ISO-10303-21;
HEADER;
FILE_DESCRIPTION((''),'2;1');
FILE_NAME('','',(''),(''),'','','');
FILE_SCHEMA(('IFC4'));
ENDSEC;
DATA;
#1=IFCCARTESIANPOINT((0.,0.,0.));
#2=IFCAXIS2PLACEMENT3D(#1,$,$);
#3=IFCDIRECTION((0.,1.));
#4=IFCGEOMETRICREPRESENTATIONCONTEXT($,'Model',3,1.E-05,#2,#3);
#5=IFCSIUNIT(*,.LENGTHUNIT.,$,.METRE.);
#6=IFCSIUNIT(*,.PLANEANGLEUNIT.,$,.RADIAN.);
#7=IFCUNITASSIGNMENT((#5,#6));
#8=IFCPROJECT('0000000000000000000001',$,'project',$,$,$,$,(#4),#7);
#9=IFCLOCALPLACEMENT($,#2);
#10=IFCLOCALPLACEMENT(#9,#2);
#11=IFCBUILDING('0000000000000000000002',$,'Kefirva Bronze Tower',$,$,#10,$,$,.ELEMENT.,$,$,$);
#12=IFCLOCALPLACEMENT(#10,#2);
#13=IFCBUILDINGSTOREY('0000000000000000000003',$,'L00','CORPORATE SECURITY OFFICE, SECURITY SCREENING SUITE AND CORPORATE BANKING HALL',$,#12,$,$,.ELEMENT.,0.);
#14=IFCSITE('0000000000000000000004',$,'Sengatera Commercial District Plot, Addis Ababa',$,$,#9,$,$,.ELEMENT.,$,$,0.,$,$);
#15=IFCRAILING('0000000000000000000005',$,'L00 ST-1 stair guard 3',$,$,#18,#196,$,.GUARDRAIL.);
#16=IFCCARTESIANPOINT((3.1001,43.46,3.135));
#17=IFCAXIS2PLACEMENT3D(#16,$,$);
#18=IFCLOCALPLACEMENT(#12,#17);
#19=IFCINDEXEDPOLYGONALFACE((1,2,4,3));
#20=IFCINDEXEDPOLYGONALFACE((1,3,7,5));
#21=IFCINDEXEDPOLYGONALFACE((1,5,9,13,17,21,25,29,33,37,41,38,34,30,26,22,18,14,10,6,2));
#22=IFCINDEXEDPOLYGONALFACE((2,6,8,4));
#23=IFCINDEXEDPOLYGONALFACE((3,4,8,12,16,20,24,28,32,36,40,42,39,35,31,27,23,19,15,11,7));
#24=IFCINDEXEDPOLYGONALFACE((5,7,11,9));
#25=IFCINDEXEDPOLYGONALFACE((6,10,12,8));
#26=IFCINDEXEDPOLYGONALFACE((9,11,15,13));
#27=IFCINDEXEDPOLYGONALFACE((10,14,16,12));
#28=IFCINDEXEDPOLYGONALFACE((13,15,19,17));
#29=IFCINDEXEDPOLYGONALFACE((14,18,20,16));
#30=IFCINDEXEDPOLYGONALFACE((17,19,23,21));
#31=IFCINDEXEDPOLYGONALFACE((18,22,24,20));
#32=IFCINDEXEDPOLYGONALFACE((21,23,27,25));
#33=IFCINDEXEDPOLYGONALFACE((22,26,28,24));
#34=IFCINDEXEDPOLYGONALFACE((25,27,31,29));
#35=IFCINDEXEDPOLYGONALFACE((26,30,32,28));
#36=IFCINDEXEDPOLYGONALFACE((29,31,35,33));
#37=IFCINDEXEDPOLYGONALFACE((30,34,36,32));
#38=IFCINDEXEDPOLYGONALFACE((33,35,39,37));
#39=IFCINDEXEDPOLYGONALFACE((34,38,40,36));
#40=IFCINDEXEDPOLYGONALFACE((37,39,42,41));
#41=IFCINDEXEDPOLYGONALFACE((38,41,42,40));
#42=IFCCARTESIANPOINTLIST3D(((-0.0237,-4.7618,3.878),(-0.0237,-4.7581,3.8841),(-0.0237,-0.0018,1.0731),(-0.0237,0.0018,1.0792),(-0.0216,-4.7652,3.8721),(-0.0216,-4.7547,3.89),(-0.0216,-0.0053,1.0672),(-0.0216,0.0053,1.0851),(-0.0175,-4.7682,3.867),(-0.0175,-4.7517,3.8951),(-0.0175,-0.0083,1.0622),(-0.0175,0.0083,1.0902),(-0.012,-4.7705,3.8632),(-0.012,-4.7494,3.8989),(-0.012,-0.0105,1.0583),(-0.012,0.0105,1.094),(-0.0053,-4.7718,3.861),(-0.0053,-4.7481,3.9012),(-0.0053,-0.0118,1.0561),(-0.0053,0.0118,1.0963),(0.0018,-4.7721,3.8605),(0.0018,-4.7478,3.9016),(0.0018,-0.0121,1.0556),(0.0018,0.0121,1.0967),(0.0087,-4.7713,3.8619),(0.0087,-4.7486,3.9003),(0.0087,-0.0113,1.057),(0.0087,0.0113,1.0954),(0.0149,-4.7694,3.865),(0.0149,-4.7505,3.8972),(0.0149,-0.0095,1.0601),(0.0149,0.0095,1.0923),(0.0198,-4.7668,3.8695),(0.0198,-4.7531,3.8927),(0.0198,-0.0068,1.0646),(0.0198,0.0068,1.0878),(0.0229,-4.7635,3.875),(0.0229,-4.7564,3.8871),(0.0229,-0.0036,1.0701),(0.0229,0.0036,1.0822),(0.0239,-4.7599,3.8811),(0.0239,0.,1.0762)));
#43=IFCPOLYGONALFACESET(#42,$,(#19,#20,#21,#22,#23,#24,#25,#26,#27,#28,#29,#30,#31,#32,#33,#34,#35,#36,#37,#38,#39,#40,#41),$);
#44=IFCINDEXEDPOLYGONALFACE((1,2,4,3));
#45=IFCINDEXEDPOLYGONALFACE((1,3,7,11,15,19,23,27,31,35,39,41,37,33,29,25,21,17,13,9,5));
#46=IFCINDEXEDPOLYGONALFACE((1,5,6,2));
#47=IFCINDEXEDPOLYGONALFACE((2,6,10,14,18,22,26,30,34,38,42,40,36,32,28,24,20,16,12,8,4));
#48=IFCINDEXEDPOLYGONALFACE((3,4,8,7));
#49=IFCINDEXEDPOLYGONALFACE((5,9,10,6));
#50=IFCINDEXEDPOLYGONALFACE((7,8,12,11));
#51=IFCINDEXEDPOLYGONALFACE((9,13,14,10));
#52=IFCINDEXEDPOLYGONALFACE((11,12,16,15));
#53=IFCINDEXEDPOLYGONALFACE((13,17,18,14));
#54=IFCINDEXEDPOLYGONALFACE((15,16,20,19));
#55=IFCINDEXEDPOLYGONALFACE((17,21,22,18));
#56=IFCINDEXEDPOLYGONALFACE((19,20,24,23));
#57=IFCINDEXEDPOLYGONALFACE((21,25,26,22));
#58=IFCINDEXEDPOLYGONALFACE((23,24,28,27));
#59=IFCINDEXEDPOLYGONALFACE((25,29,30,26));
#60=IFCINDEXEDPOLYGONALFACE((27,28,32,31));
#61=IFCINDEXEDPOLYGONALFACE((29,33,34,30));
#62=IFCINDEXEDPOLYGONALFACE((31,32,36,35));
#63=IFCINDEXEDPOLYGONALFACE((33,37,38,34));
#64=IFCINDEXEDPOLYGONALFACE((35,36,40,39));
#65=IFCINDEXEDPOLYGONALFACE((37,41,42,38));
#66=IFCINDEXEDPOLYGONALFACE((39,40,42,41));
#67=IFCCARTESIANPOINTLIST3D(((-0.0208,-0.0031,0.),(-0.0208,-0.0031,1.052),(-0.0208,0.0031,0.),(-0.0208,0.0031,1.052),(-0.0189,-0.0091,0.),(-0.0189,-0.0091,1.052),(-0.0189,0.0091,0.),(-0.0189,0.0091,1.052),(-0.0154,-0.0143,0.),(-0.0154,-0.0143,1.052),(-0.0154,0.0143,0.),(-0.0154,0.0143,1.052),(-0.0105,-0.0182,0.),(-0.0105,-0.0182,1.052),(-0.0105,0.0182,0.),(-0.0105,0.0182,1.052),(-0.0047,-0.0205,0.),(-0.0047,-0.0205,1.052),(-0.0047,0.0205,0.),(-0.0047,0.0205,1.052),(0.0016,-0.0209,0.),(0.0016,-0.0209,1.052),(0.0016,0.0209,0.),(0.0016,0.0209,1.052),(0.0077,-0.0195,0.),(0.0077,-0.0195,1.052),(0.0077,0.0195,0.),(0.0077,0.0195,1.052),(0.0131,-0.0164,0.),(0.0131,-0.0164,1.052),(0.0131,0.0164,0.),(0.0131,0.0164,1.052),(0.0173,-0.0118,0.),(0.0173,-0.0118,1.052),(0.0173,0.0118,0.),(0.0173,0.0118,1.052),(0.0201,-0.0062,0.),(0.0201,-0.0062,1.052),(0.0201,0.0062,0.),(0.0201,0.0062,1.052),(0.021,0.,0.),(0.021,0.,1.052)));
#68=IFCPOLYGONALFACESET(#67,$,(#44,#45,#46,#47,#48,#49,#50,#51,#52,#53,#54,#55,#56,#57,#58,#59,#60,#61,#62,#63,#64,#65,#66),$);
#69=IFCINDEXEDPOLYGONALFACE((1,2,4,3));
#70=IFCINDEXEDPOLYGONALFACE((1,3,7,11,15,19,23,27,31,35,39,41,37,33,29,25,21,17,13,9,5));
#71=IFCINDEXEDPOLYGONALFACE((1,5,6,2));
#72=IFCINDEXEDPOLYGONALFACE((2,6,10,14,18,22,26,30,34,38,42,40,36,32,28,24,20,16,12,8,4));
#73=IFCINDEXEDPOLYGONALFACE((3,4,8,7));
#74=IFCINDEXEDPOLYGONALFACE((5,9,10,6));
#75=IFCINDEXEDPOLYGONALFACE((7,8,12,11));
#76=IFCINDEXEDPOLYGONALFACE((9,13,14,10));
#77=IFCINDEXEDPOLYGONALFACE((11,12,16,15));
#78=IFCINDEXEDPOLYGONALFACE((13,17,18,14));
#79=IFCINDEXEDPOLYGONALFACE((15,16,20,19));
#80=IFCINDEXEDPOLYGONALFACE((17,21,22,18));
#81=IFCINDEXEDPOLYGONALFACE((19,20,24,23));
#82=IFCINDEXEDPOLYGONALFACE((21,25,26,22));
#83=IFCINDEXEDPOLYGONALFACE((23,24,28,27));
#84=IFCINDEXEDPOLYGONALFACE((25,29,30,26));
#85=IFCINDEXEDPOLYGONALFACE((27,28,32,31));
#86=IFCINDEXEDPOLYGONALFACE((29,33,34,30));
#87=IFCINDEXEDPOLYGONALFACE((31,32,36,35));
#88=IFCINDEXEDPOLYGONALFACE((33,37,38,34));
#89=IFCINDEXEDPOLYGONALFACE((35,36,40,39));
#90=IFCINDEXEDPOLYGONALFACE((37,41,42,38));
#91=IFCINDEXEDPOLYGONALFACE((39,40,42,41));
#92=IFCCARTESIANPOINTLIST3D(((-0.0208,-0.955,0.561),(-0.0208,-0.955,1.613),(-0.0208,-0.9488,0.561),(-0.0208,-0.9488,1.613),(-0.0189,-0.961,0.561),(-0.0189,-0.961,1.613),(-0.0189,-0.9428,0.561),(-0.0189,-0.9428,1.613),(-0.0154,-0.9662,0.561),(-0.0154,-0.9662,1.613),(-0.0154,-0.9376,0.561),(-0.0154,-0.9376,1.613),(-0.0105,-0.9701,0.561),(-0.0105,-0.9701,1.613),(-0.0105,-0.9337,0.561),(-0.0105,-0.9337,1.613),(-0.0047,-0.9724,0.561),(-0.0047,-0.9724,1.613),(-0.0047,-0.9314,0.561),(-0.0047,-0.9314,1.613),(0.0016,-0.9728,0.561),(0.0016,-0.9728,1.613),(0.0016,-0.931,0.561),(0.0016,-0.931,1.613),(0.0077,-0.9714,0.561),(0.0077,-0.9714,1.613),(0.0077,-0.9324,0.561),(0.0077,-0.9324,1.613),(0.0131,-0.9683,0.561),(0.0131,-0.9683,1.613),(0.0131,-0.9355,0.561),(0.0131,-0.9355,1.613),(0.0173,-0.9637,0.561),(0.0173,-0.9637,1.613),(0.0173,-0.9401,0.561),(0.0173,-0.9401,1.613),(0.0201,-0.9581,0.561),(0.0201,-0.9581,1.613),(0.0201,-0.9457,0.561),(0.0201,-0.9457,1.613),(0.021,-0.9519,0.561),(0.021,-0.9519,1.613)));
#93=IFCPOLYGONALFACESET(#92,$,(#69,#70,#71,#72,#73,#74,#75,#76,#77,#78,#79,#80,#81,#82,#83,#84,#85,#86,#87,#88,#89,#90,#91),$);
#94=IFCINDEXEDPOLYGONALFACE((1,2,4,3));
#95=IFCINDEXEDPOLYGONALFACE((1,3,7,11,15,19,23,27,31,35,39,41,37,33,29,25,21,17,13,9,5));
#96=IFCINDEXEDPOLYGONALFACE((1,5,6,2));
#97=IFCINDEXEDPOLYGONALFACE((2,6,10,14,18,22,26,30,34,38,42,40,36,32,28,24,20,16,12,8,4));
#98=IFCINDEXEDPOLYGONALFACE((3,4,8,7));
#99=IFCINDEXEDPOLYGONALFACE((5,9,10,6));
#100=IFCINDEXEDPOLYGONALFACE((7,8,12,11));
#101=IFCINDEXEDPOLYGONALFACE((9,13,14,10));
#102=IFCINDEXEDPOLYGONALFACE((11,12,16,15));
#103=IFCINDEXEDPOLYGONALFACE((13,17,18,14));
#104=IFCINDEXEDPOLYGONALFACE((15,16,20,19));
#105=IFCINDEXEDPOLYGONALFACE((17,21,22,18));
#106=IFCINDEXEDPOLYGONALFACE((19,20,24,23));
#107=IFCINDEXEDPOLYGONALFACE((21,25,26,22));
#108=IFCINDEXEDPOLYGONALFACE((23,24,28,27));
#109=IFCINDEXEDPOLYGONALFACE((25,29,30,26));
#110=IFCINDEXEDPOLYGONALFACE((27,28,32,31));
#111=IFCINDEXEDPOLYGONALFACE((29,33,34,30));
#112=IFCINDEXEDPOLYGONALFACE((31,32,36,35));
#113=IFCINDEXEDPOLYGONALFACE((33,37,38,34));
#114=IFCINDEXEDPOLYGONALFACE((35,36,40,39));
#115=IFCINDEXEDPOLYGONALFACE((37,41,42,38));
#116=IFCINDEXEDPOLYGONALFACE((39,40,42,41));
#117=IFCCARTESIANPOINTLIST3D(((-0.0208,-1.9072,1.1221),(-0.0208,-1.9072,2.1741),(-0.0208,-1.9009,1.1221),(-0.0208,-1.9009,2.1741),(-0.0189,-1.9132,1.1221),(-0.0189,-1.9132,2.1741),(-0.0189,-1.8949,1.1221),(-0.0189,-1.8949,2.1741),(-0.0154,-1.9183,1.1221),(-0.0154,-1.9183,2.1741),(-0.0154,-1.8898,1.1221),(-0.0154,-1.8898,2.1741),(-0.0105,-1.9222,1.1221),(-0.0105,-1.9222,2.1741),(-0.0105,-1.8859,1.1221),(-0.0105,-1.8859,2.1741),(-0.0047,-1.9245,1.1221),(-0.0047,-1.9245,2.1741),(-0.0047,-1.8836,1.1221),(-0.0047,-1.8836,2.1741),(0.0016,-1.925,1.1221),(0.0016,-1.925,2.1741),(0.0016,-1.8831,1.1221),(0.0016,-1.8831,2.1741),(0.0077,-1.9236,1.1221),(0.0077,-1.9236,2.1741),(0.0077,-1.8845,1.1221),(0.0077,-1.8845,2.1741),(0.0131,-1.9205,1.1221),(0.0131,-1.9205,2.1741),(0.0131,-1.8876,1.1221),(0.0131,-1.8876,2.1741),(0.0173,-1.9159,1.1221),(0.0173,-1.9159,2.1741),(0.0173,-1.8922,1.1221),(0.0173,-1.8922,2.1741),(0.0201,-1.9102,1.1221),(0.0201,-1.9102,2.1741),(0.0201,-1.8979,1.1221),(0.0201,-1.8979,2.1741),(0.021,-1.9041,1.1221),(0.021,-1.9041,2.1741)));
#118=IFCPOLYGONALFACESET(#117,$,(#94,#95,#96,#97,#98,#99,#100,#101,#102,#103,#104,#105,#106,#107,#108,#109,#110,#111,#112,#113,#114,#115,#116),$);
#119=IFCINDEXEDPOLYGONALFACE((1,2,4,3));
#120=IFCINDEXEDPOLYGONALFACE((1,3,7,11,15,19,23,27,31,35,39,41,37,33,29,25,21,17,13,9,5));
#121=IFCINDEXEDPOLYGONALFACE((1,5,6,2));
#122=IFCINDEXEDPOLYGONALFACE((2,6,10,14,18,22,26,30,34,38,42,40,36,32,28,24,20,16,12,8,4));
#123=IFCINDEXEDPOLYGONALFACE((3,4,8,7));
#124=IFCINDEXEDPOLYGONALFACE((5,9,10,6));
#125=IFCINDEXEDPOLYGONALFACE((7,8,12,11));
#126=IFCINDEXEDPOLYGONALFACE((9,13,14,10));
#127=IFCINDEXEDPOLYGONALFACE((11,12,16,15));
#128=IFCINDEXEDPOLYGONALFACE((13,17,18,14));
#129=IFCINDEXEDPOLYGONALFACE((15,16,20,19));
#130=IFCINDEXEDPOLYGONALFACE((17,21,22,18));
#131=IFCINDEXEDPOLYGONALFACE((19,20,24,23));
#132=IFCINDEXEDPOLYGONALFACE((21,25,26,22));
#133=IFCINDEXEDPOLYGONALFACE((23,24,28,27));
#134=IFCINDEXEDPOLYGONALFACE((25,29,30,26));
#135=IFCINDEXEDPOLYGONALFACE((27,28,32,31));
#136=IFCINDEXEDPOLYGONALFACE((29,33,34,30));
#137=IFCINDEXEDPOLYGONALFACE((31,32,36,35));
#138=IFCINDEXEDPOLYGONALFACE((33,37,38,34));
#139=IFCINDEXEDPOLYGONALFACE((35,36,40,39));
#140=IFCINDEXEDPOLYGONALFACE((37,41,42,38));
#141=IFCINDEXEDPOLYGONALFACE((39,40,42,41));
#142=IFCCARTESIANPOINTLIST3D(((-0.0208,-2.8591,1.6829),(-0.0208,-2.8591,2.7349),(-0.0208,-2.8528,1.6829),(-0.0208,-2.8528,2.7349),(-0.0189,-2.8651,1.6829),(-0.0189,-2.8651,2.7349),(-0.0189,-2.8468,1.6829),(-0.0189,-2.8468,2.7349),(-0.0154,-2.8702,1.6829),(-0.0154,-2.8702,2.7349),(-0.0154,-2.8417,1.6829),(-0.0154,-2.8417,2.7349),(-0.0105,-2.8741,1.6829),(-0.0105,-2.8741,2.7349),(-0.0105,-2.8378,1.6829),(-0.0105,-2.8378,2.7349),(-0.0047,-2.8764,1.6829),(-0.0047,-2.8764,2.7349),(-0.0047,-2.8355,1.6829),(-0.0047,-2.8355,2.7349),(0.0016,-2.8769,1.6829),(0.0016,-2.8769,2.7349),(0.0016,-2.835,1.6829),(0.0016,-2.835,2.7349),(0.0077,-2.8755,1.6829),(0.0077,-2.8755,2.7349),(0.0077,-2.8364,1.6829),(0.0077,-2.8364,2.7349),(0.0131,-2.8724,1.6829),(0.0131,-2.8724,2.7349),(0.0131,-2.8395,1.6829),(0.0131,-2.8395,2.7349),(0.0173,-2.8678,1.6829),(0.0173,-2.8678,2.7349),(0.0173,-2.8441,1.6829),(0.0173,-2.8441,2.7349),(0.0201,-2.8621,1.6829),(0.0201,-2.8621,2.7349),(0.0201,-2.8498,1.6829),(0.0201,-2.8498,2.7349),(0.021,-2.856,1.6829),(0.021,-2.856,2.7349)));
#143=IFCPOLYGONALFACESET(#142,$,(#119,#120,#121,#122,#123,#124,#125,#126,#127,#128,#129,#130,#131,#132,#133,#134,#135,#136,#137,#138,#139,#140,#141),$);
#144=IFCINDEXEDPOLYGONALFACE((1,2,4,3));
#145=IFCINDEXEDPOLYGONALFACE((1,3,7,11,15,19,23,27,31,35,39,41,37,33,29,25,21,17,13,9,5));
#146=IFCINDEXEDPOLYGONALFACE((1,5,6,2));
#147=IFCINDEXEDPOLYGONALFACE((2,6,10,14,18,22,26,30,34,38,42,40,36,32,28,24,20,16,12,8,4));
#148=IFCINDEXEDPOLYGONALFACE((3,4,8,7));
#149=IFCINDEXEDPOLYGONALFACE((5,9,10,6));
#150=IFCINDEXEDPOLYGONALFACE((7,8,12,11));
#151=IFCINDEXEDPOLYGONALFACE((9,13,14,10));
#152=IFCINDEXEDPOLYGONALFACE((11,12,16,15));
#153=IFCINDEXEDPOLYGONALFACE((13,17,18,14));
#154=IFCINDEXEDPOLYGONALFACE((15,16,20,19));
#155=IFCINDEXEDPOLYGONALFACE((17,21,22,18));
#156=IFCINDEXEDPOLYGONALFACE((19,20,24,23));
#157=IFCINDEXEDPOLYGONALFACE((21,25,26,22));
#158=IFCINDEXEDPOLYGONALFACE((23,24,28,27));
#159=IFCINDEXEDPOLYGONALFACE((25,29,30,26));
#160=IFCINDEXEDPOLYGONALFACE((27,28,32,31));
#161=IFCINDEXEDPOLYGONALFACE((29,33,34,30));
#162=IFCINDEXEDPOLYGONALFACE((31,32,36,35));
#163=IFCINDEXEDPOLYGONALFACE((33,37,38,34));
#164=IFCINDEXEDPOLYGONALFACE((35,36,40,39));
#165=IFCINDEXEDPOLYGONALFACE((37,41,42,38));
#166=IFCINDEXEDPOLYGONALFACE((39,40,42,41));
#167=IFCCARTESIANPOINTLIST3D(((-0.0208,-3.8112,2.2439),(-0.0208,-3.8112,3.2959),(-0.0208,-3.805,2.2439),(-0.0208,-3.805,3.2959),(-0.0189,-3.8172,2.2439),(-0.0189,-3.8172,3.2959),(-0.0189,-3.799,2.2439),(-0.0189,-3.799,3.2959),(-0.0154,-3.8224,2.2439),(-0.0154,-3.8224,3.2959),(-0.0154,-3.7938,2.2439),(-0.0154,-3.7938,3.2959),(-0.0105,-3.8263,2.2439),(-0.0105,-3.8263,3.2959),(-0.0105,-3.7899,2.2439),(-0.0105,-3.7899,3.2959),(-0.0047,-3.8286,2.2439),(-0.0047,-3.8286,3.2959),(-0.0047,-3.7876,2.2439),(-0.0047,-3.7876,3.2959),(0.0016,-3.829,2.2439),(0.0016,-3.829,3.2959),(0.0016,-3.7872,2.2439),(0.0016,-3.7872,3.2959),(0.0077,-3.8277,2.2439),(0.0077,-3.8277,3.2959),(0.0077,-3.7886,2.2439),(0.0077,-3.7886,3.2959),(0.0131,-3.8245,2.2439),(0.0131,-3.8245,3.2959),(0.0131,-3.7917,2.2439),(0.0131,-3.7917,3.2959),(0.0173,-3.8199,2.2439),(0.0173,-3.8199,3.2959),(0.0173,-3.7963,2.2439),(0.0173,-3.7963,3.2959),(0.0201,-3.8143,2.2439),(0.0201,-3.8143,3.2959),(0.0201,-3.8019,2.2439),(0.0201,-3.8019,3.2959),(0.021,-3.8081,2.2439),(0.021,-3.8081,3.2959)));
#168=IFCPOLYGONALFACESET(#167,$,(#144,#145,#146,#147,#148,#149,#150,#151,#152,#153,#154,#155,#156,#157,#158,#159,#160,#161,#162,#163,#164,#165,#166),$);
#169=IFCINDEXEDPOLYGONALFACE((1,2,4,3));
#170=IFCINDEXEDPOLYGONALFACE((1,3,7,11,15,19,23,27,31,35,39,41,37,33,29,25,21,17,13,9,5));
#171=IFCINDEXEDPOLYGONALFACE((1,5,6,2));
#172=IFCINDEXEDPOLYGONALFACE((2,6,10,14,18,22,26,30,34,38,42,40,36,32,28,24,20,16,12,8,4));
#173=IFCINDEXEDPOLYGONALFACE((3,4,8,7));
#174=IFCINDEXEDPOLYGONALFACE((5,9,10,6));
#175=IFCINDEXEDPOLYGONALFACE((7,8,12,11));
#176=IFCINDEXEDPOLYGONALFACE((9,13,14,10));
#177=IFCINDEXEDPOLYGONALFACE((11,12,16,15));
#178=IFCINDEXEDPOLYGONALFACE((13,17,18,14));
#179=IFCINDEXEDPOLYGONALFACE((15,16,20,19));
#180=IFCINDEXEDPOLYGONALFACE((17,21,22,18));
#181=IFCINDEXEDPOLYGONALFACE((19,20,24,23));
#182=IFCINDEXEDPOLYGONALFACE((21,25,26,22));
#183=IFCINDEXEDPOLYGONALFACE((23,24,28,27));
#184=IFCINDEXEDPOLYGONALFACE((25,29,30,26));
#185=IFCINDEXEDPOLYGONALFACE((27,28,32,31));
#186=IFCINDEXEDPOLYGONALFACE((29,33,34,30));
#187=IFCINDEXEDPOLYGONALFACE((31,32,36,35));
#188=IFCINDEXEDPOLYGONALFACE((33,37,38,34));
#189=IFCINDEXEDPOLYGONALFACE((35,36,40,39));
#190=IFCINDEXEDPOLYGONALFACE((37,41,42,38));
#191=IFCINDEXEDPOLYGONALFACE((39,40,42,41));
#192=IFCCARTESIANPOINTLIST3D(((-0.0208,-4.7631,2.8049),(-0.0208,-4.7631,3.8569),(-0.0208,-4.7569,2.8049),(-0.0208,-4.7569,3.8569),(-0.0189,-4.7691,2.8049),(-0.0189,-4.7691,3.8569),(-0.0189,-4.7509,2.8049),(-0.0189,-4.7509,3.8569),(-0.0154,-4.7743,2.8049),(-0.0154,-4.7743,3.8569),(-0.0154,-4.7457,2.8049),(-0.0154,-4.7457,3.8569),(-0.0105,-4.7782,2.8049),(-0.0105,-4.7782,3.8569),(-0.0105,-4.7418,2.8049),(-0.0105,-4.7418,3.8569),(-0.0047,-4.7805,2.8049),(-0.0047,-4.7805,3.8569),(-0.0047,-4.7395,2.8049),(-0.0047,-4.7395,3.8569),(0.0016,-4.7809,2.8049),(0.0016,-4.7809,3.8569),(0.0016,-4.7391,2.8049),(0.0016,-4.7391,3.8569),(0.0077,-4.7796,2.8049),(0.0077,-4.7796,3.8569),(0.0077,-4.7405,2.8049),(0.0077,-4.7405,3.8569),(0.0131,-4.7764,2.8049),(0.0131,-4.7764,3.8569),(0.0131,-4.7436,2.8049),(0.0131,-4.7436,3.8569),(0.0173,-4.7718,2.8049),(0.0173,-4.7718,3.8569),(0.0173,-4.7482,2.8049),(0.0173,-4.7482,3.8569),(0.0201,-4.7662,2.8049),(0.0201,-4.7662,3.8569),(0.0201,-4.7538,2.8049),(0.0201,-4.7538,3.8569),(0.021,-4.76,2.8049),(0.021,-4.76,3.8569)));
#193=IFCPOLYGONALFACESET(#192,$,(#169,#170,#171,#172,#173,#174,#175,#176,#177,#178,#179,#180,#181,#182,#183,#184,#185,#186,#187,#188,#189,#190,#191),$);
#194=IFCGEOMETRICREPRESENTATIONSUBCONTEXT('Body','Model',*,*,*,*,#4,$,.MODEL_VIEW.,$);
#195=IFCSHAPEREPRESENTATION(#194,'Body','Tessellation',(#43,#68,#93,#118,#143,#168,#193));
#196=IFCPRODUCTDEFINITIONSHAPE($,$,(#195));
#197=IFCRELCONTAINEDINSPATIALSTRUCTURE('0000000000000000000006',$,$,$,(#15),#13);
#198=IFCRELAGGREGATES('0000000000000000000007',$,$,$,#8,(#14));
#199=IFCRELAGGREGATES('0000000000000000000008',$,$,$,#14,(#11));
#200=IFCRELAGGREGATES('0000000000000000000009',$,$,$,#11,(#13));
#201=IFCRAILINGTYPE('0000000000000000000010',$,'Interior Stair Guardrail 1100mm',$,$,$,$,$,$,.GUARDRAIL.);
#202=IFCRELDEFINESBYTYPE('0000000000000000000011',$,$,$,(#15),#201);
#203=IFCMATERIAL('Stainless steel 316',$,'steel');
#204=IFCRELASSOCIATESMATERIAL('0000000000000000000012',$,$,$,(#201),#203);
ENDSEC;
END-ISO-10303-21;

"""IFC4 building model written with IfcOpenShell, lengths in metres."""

from ifc_helpers import new_model, si_unit, direction, frame, origin, origin_2d, place, context, subcontext, project, spatial, circle, extrude, material, type_object, element, save


model = new_model("IFC4")

# Units and contexts
model_context = context("Model", 3, precision=1e-05, world=origin(), true_north=direction((0.0, 1.0)))
body_context = subcontext(model_context, "Body", "Model", "MODEL_VIEW")
ifc_project = project(units=[si_unit("LENGTHUNIT", "METRE"), si_unit("PLANEANGLEUNIT", "RADIAN")], contexts=[model_context])

# Site, building, storey
site_placement = place(None, origin())
site = spatial("IfcSite", under=ifc_project, at=site_placement, Name="Sengatera Commercial District Plot, Addis Ababa", CompositionType="ELEMENT", RefElevation=0.0)
building_placement = place(site_placement, origin())
building = spatial("IfcBuilding", under=site, at=building_placement, Name="Kefirva Bronze Tower", CompositionType="ELEMENT")
storey_placement = place(building_placement, origin())
storey = spatial("IfcBuildingStorey", under=building, at=storey_placement, Name="L00", Description="CORPORATE SECURITY OFFICE, SECURITY SCREENING SUITE AND CORPORATE BANKING HALL", CompositionType="ELEMENT", Elevation=0.0)

# Shared definitions
ifc_material_1 = material(Name="Stainless steel 316", Category="steel")

# Railing
railing_type_1 = type_object("IfcRailingType", Name="Interior Stair Guardrail 1100mm", PredefinedType="GUARDRAIL", material=ifc_material_1)
railing_1_placement = place(storey_placement, frame((3.1001, 43.46, 3.135)))
element("IfcRailing", 1, at=railing_1_placement, inside=storey, type_object=railing_type_1, Name="L00 ST-1 stair guard 3", PredefinedType="GUARDRAIL", context=body_context, shape_type="SweptSolid", body=[
    extrude(circle(Radius=0.0239, at=origin_2d()), frame((0.0, 0.0, 1.0762), z_axis=(0.0, -0.861544, 0.507682), x_axis=(1.0, 0.0, 0.0)), (0.0, 0.0, 1.0), 5.5249),
    extrude(circle(Radius=0.021, at=origin_2d()), origin(), (0.0, 0.0, 1.0), 1.052),
    extrude(circle(Radius=0.021, at=origin_2d()), frame((0.0, -0.9519, 0.561)), (0.0, 0.0, 1.0), 1.052),
    extrude(circle(Radius=0.021, at=origin_2d()), frame((0.0, -1.9041, 1.1221)), (0.0, 0.0, 1.0), 1.052),
    extrude(circle(Radius=0.021, at=origin_2d()), frame((0.0, -2.856, 1.6829)), (0.0, 0.0, 1.0), 1.052),
    extrude(circle(Radius=0.021, at=origin_2d()), frame((0.0, -3.8081, 2.2439)), (0.0, 0.0, 1.0), 1.052),
    extrude(circle(Radius=0.021, at=origin_2d()), frame((0.0, -4.76, 2.8049)), (0.0, 0.0, 1.0), 1.052),
])

save(model, "model.ifc")
